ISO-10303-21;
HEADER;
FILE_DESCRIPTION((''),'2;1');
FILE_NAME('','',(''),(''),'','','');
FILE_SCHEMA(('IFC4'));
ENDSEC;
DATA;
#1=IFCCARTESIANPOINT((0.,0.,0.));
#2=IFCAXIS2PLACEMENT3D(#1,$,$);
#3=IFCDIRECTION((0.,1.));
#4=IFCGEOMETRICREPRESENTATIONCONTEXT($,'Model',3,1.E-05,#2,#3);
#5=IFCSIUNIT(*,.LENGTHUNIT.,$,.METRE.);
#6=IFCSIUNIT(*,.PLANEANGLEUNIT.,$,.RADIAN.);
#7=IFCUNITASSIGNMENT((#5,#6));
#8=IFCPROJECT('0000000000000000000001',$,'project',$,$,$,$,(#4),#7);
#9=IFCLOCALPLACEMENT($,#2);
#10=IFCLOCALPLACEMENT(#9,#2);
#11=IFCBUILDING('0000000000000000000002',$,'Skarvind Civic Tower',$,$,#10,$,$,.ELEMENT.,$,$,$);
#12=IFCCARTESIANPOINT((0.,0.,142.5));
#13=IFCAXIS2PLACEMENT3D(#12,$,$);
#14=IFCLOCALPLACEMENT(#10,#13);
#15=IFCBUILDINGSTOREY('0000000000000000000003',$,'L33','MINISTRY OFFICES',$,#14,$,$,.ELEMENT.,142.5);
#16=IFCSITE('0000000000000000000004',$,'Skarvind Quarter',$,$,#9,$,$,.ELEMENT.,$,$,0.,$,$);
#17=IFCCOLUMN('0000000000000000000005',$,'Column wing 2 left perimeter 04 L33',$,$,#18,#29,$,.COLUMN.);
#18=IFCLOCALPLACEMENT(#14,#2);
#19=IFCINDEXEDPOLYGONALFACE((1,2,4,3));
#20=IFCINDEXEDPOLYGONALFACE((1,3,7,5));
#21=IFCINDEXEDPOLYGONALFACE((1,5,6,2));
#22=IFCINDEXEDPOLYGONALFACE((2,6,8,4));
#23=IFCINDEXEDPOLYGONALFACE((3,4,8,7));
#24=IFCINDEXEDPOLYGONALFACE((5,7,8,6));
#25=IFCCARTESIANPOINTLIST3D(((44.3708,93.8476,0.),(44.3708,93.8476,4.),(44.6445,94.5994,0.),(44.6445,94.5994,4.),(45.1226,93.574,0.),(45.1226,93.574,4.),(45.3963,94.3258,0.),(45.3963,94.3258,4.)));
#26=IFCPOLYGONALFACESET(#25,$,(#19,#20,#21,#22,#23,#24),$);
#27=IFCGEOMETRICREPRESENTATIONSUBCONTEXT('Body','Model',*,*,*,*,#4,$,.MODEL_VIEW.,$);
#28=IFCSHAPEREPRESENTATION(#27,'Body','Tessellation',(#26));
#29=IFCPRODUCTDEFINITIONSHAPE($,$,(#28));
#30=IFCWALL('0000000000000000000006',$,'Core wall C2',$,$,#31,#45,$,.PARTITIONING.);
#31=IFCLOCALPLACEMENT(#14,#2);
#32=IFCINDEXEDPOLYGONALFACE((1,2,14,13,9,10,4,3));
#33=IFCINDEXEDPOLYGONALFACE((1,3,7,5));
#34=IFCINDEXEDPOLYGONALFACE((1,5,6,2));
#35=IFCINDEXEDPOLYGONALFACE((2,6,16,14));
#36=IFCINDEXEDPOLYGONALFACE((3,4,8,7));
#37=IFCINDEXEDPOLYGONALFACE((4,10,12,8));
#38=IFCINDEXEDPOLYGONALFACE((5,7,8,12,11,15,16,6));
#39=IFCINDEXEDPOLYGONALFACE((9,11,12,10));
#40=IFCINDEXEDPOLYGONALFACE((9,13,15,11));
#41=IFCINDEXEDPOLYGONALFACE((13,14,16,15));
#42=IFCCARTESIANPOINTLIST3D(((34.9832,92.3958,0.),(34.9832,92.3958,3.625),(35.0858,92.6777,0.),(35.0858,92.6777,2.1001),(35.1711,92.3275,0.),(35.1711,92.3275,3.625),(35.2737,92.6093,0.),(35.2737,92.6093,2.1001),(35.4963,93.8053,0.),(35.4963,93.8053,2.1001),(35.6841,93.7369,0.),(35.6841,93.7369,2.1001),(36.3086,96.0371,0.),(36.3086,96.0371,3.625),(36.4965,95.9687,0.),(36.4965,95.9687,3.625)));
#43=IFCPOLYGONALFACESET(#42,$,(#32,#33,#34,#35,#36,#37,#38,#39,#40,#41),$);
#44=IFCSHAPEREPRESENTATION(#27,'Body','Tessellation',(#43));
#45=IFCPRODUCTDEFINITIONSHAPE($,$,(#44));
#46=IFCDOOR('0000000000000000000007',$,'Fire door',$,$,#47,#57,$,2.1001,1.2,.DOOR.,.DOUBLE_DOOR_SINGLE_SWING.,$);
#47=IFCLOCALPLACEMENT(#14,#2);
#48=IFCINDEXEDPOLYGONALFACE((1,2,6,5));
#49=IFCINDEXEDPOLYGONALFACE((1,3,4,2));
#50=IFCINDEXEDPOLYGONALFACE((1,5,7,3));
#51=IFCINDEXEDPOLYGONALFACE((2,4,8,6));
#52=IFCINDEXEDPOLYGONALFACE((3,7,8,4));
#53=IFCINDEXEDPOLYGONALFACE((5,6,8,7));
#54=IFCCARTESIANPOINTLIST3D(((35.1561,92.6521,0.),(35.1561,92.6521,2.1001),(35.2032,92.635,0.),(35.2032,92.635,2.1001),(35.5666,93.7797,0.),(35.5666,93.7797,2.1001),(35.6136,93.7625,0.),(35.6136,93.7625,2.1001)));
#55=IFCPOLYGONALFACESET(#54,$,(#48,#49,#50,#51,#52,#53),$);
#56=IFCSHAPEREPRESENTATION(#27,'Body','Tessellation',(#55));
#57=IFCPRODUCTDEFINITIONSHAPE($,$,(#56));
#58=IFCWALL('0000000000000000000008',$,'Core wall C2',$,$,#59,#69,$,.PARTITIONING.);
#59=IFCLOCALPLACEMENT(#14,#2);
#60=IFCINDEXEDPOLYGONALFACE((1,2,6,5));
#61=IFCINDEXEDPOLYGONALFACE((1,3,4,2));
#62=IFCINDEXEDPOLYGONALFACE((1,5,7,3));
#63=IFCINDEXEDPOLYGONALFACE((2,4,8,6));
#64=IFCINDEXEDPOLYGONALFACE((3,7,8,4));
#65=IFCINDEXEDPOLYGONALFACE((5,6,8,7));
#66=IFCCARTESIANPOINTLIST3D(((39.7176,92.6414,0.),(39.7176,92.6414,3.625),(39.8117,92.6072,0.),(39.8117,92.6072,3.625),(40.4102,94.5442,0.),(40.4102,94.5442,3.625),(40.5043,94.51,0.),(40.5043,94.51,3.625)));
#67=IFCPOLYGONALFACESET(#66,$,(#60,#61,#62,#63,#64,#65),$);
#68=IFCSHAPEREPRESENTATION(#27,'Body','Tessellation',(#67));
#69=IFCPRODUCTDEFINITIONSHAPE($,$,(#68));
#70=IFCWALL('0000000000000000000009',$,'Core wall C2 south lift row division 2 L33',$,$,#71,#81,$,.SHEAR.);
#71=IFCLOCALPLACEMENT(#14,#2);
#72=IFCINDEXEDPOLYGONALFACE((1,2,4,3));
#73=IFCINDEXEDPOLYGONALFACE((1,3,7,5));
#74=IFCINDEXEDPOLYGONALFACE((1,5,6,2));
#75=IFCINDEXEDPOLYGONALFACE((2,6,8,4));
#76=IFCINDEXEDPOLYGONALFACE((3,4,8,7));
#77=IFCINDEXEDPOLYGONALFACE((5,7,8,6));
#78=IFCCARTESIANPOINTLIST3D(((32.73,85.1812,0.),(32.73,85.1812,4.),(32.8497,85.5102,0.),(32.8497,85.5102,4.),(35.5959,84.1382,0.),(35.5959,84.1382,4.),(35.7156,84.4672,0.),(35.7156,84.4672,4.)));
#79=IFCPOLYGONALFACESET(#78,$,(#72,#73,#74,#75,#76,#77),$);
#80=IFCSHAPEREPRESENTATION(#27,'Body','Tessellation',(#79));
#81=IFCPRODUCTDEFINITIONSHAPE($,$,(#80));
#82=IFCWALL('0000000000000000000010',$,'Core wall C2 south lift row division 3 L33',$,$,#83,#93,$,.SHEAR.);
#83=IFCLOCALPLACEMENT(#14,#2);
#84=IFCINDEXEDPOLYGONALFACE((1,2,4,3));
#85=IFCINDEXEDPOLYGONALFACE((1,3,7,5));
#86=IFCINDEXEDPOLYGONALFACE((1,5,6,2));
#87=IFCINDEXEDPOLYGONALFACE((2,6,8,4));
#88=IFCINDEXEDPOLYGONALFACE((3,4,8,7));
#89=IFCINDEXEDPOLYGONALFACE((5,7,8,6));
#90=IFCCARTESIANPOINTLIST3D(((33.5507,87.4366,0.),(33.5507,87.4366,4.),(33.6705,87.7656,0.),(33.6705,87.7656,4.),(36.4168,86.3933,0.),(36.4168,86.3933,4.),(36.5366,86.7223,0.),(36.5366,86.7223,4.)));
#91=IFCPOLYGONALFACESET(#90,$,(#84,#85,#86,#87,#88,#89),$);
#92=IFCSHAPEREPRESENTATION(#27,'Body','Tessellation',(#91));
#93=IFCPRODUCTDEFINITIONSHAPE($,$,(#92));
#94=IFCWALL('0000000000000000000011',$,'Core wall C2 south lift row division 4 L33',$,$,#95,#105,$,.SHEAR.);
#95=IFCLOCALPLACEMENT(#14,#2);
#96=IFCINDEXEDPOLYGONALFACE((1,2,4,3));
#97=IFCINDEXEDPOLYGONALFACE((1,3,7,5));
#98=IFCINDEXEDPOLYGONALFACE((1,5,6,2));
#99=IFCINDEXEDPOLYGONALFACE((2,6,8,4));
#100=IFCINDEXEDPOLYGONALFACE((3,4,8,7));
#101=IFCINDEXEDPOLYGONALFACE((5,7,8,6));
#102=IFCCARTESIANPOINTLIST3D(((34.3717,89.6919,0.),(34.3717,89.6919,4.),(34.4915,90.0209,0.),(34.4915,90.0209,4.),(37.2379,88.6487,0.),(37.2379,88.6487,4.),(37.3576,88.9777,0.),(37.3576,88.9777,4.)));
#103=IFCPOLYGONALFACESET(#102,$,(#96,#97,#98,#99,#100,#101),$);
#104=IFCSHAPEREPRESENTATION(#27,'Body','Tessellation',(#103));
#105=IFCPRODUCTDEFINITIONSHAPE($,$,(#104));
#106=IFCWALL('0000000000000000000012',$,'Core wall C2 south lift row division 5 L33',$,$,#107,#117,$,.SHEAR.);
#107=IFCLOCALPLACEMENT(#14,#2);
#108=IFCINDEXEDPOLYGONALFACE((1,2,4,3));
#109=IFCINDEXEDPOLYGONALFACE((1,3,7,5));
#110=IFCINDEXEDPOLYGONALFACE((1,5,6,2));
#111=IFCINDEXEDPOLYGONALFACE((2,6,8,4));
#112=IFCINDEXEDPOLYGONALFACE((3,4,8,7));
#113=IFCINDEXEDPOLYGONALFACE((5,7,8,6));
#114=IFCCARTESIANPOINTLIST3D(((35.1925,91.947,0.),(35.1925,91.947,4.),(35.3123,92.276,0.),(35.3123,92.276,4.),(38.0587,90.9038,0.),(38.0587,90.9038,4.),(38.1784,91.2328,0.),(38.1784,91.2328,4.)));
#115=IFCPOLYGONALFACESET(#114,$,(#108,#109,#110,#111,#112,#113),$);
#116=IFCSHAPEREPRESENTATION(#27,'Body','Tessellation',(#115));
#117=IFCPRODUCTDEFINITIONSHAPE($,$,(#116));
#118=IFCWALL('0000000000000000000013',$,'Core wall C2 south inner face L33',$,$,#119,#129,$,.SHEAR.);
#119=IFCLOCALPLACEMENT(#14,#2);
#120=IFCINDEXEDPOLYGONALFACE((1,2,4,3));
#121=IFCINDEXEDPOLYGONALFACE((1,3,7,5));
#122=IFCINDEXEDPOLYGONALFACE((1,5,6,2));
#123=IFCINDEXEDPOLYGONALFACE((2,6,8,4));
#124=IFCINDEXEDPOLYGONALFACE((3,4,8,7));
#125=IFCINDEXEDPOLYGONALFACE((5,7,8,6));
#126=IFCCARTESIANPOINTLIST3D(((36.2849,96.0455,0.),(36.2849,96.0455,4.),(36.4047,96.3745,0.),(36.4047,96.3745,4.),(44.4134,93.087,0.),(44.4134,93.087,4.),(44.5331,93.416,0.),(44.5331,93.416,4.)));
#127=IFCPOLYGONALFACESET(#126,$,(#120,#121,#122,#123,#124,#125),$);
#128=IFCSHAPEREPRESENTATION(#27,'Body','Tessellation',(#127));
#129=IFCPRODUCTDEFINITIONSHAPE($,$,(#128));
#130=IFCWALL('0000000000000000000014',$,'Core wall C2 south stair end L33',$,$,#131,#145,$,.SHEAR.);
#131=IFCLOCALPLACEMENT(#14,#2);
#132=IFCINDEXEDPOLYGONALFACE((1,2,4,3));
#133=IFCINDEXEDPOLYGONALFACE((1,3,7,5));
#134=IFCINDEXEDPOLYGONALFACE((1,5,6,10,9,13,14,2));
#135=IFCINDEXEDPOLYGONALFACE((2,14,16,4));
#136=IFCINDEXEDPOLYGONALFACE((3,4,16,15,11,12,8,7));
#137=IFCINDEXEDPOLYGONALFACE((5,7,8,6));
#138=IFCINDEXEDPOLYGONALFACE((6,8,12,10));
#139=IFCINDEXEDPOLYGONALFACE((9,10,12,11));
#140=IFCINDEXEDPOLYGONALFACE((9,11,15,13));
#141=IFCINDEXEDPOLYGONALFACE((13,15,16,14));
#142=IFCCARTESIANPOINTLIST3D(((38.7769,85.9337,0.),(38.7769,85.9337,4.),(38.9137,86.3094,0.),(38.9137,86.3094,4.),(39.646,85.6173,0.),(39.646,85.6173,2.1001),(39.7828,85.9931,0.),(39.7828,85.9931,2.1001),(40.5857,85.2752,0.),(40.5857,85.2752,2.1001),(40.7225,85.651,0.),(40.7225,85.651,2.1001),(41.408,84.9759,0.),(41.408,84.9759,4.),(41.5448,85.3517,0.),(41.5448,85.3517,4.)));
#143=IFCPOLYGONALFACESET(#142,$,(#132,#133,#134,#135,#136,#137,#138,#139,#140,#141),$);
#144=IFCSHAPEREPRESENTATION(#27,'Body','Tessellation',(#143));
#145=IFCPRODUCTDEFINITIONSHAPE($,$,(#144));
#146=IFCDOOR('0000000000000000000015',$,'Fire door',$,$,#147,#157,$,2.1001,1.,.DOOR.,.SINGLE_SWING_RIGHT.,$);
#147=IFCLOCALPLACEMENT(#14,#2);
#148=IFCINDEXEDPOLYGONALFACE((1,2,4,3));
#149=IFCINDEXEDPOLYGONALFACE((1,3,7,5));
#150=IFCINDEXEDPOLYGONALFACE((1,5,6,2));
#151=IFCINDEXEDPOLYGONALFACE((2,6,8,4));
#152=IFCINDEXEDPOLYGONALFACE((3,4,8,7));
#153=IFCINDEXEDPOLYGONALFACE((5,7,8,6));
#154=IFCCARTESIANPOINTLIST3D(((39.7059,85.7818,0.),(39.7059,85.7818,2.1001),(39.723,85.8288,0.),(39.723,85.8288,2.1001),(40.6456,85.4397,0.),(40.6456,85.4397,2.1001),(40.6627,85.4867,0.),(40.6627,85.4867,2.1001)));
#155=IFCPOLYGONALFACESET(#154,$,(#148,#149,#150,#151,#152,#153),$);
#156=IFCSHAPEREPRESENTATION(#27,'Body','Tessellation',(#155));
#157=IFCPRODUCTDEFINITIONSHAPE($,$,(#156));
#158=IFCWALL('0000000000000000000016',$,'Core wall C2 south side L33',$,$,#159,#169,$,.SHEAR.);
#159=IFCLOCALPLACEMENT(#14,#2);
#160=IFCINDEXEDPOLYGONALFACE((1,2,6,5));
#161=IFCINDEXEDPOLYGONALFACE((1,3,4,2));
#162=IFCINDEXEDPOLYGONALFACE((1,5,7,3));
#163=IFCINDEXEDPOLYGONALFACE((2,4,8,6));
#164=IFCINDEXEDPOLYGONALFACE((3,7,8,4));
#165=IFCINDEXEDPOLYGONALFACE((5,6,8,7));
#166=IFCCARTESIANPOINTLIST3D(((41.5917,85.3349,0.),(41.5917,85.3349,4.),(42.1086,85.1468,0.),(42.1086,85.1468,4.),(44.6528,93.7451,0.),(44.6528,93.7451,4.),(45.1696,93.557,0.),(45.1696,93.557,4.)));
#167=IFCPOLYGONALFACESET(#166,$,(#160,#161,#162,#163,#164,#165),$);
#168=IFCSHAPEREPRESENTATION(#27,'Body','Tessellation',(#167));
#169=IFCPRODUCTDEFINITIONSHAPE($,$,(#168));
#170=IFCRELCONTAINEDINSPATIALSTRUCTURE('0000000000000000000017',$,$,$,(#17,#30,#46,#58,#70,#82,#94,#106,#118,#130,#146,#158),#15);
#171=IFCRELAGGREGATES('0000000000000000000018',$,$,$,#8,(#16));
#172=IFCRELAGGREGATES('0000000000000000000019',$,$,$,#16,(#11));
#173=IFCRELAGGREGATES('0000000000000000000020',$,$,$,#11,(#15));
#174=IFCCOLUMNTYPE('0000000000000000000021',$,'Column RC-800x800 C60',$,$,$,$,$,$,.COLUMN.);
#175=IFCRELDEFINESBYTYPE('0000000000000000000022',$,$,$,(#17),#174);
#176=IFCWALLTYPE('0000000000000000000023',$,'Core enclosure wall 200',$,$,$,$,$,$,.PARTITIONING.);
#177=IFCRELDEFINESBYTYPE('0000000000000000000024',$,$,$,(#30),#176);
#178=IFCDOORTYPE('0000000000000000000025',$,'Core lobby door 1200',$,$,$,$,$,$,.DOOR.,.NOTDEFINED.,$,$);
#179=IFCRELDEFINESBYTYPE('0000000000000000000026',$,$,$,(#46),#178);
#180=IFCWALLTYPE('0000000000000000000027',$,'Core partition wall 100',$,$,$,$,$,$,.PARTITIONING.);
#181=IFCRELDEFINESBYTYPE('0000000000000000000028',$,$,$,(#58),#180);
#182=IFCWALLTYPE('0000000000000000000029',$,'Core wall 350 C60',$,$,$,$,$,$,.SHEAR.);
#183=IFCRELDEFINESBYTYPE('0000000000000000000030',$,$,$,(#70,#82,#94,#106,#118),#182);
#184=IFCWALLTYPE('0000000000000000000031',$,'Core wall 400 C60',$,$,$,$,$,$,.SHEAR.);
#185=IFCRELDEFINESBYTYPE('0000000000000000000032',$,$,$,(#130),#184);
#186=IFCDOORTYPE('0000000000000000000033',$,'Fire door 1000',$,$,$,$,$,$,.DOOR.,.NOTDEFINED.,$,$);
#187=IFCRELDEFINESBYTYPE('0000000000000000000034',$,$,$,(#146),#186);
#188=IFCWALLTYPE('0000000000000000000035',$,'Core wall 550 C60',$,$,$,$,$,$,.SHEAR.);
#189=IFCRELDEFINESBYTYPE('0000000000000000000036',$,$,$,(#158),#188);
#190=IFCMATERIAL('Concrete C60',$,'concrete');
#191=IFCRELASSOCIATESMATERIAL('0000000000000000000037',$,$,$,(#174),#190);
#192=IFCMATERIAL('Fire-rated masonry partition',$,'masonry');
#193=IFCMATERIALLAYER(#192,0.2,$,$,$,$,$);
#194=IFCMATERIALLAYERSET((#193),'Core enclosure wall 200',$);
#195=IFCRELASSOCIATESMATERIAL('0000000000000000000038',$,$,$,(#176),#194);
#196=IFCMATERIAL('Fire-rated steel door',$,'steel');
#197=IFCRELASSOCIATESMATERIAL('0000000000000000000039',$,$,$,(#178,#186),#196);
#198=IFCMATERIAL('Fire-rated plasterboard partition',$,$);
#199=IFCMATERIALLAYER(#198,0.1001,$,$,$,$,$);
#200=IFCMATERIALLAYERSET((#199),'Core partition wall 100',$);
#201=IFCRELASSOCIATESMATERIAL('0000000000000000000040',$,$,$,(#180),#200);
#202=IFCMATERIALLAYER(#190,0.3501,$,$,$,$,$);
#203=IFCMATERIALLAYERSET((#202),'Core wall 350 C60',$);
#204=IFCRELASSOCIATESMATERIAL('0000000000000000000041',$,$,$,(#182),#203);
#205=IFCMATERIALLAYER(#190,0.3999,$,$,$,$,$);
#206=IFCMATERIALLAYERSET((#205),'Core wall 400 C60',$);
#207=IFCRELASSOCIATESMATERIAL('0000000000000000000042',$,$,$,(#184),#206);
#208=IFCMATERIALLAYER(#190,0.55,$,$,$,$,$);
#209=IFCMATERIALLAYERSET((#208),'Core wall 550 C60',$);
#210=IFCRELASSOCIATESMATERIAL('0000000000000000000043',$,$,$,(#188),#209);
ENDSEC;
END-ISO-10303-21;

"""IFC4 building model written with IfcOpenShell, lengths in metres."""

from ifc_helpers import new_model, si_unit, direction, frame, frame_2d, origin, origin_2d, place, context, subcontext, project, spatial, rectangle, extrude, material, layer, layer_set, material_profile, profile_set, type_object, element, fill, save


model = new_model("IFC4")

# Units and contexts
model_context = context("Model", 3, precision=1e-05, world=origin(), true_north=direction((0.0, 1.0)))
body_context = subcontext(model_context, "Body", "Model", "MODEL_VIEW")
ifc_project = project(units=[si_unit("LENGTHUNIT", "METRE"), si_unit("PLANEANGLEUNIT", "RADIAN")], contexts=[model_context])

# Site, building, storey
site_placement = place(None, origin())
site = spatial("IfcSite", under=ifc_project, at=site_placement, Name="Skarvind Quarter", CompositionType="ELEMENT", RefElevation=0.0)
building_placement = place(site_placement, origin())
building = spatial("IfcBuilding", under=site, at=building_placement, Name="Skarvind Civic Tower", CompositionType="ELEMENT")
storey_placement = place(building_placement, frame((0.0, 0.0, 142.5)))
storey = spatial("IfcBuildingStorey", under=building, at=storey_placement, Name="L33", Description="MINISTRY OFFICES", CompositionType="ELEMENT", Elevation=142.5)

# Column
ifc_material_1 = material(Name="Concrete C60", Category="concrete")
ifc_material_profile_1 = material_profile(ifc_material_1, rectangle(XDim=0.8, YDim=0.8, at=origin_2d()), Name="RC-800x800")
ifc_profile_set_1 = profile_set([ifc_material_profile_1], Name="Concrete C60")
column_type = type_object("IfcColumnType", Name="Column RC-800x800 C60", PredefinedType="COLUMN", material=ifc_profile_set_1)
column_placement = place(storey_placement, frame((44.8835, 94.0867, 0.0), z_axis=(0.0, 0.0, 1.0), x_axis=(-0.34202, -0.939693, 0.0)))
element("IfcColumn", 1, at=column_placement, inside=storey, type_object=column_type, Name="Column wing 2 left perimeter 04 L33", PredefinedType="COLUMN", context=body_context, shape_type="SweptSolid", body=[
    extrude(rectangle(XDim=0.8, YDim=0.8, at=origin_2d()), origin(), (0.0, 0.0, 1.0), 4.0),
])

# Wall, opening, door
ifc_material_2 = material(Name="Fire-rated masonry partition", Category="masonry")
ifc_layer_1 = layer(ifc_material_2, 0.2)
ifc_layer_set_1 = layer_set([ifc_layer_1], Name="Core enclosure wall 200")
wall_type_1 = type_object("IfcWallType", Name="Core enclosure wall 200", PredefinedType="PARTITIONING", material=ifc_layer_set_1)
wall_1_placement = place(storey_placement, frame((36.4026, 96.0029, 0.0), z_axis=(0.0, 0.0, 1.0), x_axis=(-0.342042, -0.939685, 0.0)))
wall_1 = element("IfcWall", 2, at=wall_1_placement, inside=storey, type_object=wall_type_1, Name="Core wall C2", PredefinedType="PARTITIONING", context=body_context, shape_type="SweptSolid", body=[
    extrude(rectangle(XDim=3.875, YDim=0.2, at=frame_2d((1.9375, 0.0))), origin(), (0.0, 0.0, 1.0), 3.625),
])
opening_1_placement = place(wall_1_placement, frame((2.375, 0.0, 0.0)))
opening_1 = element("IfcOpeningElement", 3, at=opening_1_placement, cuts=wall_1, PredefinedType="OPENING", context=body_context, shape_type="SweptSolid", body=[
    extrude(rectangle(XDim=1.2, YDim=2.1001, at=frame_2d((0.6001, 1.05))), frame((0.0, 0.1099, 0.0), z_axis=(0.0, -1.0, 0.0), x_axis=(1.0, 0.0, 0.0)), (0.0, 0.0, 1.0), 0.22),
])
ifc_material_3 = material(Name="Fire-rated steel door", Category="steel")
door_type_1 = type_object("IfcDoorType", Name="Core lobby door 1200", OperationType="NOTDEFINED", PredefinedType="DOOR", material=ifc_material_3)
door_1_placement = place(opening_1_placement, origin())
door_1 = element("IfcDoor", 4, at=door_1_placement, inside=storey, type_object=door_type_1, Name="Fire door", OperationType="DOUBLE_DOOR_SINGLE_SWING", OverallHeight=2.1001, OverallWidth=1.2, PredefinedType="DOOR", context=body_context, shape_type="SweptSolid", body=[
    extrude(rectangle(XDim=1.2, YDim=2.1001, at=frame_2d((0.6001, 1.05))), frame((0.0, 0.0249, 0.0), z_axis=(0.0, -1.0, 0.0), x_axis=(1.0, 0.0, 0.0)), (0.0, 0.0, 1.0), 0.05),
])
fill(opening_1, door_1)

# Walls
ifc_material_4 = material(Name="Fire-rated plasterboard partition")
ifc_layer_2 = layer(ifc_material_4, 0.1001)
ifc_layer_set_2 = layer_set([ifc_layer_2], Name="Core partition wall 100")
wall_type_2 = type_object("IfcWallType", Name="Core partition wall 100", PredefinedType="PARTITIONING", material=ifc_layer_set_2)
wall_2_placement = place(storey_placement, frame((40.4573, 94.5271, 0.0), z_axis=(0.0, 0.0, 1.0), x_axis=(-0.342043, -0.939684, 0.0)))
element("IfcWall", 5, at=wall_2_placement, inside=storey, type_object=wall_type_2, Name="Core wall C2", PredefinedType="PARTITIONING", context=body_context, shape_type="SweptSolid", body=[
    extrude(rectangle(XDim=2.0249, YDim=0.1001, at=frame_2d((1.0125, 0.0))), origin(), (0.0, 0.0, 1.0), 3.625),
])
ifc_layer_3 = layer(ifc_material_1, 0.3501)
ifc_layer_set_3 = layer_set([ifc_layer_3], Name="Core wall 350 C60")
wall_type_3 = type_object("IfcWallType", Name="Core wall 350 C60", PredefinedType="SHEAR", material=ifc_layer_set_3)
wall_3_placement = place(storey_placement, frame((35.6558, 84.3027, 0.0), z_axis=(0.0, 0.0, 1.0), x_axis=(-0.939709, 0.341974, 0.0)))
element("IfcWall", 6, at=wall_3_placement, inside=storey, type_object=wall_type_3, Name="Core wall C2 south lift row division 2 L33", PredefinedType="SHEAR", context=body_context, shape_type="SweptSolid", body=[
    extrude(rectangle(XDim=3.0498, YDim=0.3501, at=frame_2d((1.5249, 0.0))), origin(), (0.0, 0.0, 1.0), 4.0),
])
for number, where, z_axis, x_axis, name in (
    (7, (36.4766, 86.5579, 0.0), (0.0, 0.0, 1.0), (-0.939684, 0.342045, 0.0), "Core wall C2 south lift row division 3 L33"),
    (8, (37.2976, 88.8132, 0.0), (0.0, 0.0, 1.0), (-0.939693, 0.342019, 0.0), "Core wall C2 south lift row division 4 L33"),
    (9, (38.1184, 91.0684, 0.0), (0.0, 0.0, 1.0), (-0.939693, 0.342019, 0.0), "Core wall C2 south lift row division 5 L33"),
):
    element("IfcWall", number, at=place(storey_placement, frame(where, z_axis=z_axis, x_axis=x_axis)), inside=storey, type_object=wall_type_3, Name=name, PredefinedType="SHEAR", context=body_context, shape_type="SweptSolid", body=[
        extrude(rectangle(XDim=3.05, YDim=0.3501, at=frame_2d((1.5249, 0.0))), origin(), (0.0, 0.0, 1.0), 4.0),
    ])
wall_4_placement = place(storey_placement, frame((44.4734, 93.2515, 0.0), z_axis=(0.0, 0.0, 1.0), x_axis=(-0.939693, 0.34202, 0.0)))
element("IfcWall", 10, at=wall_4_placement, inside=storey, type_object=wall_type_3, Name="Core wall C2 south inner face L33", PredefinedType="SHEAR", context=body_context, shape_type="SweptSolid", body=[
    extrude(rectangle(XDim=8.6501, YDim=0.3501, at=frame_2d((4.3252, 0.0))), origin(), (0.0, 0.0, 1.0), 4.0),
])

# Wall, opening, door
ifc_layer_4 = layer(ifc_material_1, 0.3999)
ifc_layer_set_4 = layer_set([ifc_layer_4], Name="Core wall 400 C60")
wall_type_4 = type_object("IfcWallType", Name="Core wall 400 C60", PredefinedType="SHEAR", material=ifc_layer_set_4)
wall_5_placement = place(storey_placement, frame((41.4763, 85.1638, 0.0), z_axis=(0.0, 0.0, 1.0), x_axis=(-0.939679, 0.342058, 0.0)))
wall_5 = element("IfcWall", 11, at=wall_5_placement, inside=storey, type_object=wall_type_4, Name="Core wall C2 south stair end L33", PredefinedType="SHEAR", context=body_context, shape_type="SweptSolid", body=[
    extrude(rectangle(XDim=2.8, YDim=0.3999, at=frame_2d((1.3999, 0.0))), origin(), (0.0, 0.0, 1.0), 4.0),
])
opening_2_placement = place(wall_5_placement, frame((0.875, 0.0, 0.0)))
opening_2 = element("IfcOpeningElement", 12, at=opening_2_placement, cuts=wall_5, PredefinedType="OPENING", context=body_context, shape_type="SweptSolid", body=[
    extrude(rectangle(XDim=1.0, YDim=2.1001, at=frame_2d((0.5, 1.05))), frame((0.0, 0.21, 0.0), z_axis=(0.0, -1.0, 0.0), x_axis=(1.0, 0.0, 0.0)), (0.0, 0.0, 1.0), 0.4199),
])
door_type_2 = type_object("IfcDoorType", Name="Fire door 1000", OperationType="NOTDEFINED", PredefinedType="DOOR", material=ifc_material_3)
door_2_placement = place(opening_2_placement, origin())
door_2 = element("IfcDoor", 13, at=door_2_placement, inside=storey, type_object=door_type_2, Name="Fire door", OperationType="SINGLE_SWING_RIGHT", OverallHeight=2.1001, OverallWidth=1.0, PredefinedType="DOOR", context=body_context, shape_type="SweptSolid", body=[
    extrude(rectangle(XDim=1.0, YDim=2.1001, at=frame_2d((0.5, 1.05))), frame((0.0, 0.0249, 0.0), z_axis=(0.0, -1.0, 0.0), x_axis=(1.0, 0.0, 0.0)), (0.0, 0.0, 1.0), 0.05),
])
fill(opening_2, door_2)

# Wall
ifc_layer_5 = layer(ifc_material_1, 0.55)
ifc_layer_set_5 = layer_set([ifc_layer_5], Name="Core wall 550 C60")
wall_type_5 = type_object("IfcWallType", Name="Core wall 550 C60", PredefinedType="SHEAR", material=ifc_layer_set_5)
wall_6_placement = place(storey_placement, frame((41.8501, 85.2407, 0.0), z_axis=(0.0, 0.0, 1.0), x_axis=(0.342019, 0.939693, 0.0)))
element("IfcWall", 14, at=wall_6_placement, inside=storey, type_object=wall_type_5, Name="Core wall C2 south side L33", PredefinedType="SHEAR", context=body_context, shape_type="SweptSolid", body=[
    extrude(rectangle(XDim=8.95, YDim=0.55, at=frame_2d((4.4751, 0.0))), origin(), (0.0, 0.0, 1.0), 4.0),
])

save(model, "model.ifc")
